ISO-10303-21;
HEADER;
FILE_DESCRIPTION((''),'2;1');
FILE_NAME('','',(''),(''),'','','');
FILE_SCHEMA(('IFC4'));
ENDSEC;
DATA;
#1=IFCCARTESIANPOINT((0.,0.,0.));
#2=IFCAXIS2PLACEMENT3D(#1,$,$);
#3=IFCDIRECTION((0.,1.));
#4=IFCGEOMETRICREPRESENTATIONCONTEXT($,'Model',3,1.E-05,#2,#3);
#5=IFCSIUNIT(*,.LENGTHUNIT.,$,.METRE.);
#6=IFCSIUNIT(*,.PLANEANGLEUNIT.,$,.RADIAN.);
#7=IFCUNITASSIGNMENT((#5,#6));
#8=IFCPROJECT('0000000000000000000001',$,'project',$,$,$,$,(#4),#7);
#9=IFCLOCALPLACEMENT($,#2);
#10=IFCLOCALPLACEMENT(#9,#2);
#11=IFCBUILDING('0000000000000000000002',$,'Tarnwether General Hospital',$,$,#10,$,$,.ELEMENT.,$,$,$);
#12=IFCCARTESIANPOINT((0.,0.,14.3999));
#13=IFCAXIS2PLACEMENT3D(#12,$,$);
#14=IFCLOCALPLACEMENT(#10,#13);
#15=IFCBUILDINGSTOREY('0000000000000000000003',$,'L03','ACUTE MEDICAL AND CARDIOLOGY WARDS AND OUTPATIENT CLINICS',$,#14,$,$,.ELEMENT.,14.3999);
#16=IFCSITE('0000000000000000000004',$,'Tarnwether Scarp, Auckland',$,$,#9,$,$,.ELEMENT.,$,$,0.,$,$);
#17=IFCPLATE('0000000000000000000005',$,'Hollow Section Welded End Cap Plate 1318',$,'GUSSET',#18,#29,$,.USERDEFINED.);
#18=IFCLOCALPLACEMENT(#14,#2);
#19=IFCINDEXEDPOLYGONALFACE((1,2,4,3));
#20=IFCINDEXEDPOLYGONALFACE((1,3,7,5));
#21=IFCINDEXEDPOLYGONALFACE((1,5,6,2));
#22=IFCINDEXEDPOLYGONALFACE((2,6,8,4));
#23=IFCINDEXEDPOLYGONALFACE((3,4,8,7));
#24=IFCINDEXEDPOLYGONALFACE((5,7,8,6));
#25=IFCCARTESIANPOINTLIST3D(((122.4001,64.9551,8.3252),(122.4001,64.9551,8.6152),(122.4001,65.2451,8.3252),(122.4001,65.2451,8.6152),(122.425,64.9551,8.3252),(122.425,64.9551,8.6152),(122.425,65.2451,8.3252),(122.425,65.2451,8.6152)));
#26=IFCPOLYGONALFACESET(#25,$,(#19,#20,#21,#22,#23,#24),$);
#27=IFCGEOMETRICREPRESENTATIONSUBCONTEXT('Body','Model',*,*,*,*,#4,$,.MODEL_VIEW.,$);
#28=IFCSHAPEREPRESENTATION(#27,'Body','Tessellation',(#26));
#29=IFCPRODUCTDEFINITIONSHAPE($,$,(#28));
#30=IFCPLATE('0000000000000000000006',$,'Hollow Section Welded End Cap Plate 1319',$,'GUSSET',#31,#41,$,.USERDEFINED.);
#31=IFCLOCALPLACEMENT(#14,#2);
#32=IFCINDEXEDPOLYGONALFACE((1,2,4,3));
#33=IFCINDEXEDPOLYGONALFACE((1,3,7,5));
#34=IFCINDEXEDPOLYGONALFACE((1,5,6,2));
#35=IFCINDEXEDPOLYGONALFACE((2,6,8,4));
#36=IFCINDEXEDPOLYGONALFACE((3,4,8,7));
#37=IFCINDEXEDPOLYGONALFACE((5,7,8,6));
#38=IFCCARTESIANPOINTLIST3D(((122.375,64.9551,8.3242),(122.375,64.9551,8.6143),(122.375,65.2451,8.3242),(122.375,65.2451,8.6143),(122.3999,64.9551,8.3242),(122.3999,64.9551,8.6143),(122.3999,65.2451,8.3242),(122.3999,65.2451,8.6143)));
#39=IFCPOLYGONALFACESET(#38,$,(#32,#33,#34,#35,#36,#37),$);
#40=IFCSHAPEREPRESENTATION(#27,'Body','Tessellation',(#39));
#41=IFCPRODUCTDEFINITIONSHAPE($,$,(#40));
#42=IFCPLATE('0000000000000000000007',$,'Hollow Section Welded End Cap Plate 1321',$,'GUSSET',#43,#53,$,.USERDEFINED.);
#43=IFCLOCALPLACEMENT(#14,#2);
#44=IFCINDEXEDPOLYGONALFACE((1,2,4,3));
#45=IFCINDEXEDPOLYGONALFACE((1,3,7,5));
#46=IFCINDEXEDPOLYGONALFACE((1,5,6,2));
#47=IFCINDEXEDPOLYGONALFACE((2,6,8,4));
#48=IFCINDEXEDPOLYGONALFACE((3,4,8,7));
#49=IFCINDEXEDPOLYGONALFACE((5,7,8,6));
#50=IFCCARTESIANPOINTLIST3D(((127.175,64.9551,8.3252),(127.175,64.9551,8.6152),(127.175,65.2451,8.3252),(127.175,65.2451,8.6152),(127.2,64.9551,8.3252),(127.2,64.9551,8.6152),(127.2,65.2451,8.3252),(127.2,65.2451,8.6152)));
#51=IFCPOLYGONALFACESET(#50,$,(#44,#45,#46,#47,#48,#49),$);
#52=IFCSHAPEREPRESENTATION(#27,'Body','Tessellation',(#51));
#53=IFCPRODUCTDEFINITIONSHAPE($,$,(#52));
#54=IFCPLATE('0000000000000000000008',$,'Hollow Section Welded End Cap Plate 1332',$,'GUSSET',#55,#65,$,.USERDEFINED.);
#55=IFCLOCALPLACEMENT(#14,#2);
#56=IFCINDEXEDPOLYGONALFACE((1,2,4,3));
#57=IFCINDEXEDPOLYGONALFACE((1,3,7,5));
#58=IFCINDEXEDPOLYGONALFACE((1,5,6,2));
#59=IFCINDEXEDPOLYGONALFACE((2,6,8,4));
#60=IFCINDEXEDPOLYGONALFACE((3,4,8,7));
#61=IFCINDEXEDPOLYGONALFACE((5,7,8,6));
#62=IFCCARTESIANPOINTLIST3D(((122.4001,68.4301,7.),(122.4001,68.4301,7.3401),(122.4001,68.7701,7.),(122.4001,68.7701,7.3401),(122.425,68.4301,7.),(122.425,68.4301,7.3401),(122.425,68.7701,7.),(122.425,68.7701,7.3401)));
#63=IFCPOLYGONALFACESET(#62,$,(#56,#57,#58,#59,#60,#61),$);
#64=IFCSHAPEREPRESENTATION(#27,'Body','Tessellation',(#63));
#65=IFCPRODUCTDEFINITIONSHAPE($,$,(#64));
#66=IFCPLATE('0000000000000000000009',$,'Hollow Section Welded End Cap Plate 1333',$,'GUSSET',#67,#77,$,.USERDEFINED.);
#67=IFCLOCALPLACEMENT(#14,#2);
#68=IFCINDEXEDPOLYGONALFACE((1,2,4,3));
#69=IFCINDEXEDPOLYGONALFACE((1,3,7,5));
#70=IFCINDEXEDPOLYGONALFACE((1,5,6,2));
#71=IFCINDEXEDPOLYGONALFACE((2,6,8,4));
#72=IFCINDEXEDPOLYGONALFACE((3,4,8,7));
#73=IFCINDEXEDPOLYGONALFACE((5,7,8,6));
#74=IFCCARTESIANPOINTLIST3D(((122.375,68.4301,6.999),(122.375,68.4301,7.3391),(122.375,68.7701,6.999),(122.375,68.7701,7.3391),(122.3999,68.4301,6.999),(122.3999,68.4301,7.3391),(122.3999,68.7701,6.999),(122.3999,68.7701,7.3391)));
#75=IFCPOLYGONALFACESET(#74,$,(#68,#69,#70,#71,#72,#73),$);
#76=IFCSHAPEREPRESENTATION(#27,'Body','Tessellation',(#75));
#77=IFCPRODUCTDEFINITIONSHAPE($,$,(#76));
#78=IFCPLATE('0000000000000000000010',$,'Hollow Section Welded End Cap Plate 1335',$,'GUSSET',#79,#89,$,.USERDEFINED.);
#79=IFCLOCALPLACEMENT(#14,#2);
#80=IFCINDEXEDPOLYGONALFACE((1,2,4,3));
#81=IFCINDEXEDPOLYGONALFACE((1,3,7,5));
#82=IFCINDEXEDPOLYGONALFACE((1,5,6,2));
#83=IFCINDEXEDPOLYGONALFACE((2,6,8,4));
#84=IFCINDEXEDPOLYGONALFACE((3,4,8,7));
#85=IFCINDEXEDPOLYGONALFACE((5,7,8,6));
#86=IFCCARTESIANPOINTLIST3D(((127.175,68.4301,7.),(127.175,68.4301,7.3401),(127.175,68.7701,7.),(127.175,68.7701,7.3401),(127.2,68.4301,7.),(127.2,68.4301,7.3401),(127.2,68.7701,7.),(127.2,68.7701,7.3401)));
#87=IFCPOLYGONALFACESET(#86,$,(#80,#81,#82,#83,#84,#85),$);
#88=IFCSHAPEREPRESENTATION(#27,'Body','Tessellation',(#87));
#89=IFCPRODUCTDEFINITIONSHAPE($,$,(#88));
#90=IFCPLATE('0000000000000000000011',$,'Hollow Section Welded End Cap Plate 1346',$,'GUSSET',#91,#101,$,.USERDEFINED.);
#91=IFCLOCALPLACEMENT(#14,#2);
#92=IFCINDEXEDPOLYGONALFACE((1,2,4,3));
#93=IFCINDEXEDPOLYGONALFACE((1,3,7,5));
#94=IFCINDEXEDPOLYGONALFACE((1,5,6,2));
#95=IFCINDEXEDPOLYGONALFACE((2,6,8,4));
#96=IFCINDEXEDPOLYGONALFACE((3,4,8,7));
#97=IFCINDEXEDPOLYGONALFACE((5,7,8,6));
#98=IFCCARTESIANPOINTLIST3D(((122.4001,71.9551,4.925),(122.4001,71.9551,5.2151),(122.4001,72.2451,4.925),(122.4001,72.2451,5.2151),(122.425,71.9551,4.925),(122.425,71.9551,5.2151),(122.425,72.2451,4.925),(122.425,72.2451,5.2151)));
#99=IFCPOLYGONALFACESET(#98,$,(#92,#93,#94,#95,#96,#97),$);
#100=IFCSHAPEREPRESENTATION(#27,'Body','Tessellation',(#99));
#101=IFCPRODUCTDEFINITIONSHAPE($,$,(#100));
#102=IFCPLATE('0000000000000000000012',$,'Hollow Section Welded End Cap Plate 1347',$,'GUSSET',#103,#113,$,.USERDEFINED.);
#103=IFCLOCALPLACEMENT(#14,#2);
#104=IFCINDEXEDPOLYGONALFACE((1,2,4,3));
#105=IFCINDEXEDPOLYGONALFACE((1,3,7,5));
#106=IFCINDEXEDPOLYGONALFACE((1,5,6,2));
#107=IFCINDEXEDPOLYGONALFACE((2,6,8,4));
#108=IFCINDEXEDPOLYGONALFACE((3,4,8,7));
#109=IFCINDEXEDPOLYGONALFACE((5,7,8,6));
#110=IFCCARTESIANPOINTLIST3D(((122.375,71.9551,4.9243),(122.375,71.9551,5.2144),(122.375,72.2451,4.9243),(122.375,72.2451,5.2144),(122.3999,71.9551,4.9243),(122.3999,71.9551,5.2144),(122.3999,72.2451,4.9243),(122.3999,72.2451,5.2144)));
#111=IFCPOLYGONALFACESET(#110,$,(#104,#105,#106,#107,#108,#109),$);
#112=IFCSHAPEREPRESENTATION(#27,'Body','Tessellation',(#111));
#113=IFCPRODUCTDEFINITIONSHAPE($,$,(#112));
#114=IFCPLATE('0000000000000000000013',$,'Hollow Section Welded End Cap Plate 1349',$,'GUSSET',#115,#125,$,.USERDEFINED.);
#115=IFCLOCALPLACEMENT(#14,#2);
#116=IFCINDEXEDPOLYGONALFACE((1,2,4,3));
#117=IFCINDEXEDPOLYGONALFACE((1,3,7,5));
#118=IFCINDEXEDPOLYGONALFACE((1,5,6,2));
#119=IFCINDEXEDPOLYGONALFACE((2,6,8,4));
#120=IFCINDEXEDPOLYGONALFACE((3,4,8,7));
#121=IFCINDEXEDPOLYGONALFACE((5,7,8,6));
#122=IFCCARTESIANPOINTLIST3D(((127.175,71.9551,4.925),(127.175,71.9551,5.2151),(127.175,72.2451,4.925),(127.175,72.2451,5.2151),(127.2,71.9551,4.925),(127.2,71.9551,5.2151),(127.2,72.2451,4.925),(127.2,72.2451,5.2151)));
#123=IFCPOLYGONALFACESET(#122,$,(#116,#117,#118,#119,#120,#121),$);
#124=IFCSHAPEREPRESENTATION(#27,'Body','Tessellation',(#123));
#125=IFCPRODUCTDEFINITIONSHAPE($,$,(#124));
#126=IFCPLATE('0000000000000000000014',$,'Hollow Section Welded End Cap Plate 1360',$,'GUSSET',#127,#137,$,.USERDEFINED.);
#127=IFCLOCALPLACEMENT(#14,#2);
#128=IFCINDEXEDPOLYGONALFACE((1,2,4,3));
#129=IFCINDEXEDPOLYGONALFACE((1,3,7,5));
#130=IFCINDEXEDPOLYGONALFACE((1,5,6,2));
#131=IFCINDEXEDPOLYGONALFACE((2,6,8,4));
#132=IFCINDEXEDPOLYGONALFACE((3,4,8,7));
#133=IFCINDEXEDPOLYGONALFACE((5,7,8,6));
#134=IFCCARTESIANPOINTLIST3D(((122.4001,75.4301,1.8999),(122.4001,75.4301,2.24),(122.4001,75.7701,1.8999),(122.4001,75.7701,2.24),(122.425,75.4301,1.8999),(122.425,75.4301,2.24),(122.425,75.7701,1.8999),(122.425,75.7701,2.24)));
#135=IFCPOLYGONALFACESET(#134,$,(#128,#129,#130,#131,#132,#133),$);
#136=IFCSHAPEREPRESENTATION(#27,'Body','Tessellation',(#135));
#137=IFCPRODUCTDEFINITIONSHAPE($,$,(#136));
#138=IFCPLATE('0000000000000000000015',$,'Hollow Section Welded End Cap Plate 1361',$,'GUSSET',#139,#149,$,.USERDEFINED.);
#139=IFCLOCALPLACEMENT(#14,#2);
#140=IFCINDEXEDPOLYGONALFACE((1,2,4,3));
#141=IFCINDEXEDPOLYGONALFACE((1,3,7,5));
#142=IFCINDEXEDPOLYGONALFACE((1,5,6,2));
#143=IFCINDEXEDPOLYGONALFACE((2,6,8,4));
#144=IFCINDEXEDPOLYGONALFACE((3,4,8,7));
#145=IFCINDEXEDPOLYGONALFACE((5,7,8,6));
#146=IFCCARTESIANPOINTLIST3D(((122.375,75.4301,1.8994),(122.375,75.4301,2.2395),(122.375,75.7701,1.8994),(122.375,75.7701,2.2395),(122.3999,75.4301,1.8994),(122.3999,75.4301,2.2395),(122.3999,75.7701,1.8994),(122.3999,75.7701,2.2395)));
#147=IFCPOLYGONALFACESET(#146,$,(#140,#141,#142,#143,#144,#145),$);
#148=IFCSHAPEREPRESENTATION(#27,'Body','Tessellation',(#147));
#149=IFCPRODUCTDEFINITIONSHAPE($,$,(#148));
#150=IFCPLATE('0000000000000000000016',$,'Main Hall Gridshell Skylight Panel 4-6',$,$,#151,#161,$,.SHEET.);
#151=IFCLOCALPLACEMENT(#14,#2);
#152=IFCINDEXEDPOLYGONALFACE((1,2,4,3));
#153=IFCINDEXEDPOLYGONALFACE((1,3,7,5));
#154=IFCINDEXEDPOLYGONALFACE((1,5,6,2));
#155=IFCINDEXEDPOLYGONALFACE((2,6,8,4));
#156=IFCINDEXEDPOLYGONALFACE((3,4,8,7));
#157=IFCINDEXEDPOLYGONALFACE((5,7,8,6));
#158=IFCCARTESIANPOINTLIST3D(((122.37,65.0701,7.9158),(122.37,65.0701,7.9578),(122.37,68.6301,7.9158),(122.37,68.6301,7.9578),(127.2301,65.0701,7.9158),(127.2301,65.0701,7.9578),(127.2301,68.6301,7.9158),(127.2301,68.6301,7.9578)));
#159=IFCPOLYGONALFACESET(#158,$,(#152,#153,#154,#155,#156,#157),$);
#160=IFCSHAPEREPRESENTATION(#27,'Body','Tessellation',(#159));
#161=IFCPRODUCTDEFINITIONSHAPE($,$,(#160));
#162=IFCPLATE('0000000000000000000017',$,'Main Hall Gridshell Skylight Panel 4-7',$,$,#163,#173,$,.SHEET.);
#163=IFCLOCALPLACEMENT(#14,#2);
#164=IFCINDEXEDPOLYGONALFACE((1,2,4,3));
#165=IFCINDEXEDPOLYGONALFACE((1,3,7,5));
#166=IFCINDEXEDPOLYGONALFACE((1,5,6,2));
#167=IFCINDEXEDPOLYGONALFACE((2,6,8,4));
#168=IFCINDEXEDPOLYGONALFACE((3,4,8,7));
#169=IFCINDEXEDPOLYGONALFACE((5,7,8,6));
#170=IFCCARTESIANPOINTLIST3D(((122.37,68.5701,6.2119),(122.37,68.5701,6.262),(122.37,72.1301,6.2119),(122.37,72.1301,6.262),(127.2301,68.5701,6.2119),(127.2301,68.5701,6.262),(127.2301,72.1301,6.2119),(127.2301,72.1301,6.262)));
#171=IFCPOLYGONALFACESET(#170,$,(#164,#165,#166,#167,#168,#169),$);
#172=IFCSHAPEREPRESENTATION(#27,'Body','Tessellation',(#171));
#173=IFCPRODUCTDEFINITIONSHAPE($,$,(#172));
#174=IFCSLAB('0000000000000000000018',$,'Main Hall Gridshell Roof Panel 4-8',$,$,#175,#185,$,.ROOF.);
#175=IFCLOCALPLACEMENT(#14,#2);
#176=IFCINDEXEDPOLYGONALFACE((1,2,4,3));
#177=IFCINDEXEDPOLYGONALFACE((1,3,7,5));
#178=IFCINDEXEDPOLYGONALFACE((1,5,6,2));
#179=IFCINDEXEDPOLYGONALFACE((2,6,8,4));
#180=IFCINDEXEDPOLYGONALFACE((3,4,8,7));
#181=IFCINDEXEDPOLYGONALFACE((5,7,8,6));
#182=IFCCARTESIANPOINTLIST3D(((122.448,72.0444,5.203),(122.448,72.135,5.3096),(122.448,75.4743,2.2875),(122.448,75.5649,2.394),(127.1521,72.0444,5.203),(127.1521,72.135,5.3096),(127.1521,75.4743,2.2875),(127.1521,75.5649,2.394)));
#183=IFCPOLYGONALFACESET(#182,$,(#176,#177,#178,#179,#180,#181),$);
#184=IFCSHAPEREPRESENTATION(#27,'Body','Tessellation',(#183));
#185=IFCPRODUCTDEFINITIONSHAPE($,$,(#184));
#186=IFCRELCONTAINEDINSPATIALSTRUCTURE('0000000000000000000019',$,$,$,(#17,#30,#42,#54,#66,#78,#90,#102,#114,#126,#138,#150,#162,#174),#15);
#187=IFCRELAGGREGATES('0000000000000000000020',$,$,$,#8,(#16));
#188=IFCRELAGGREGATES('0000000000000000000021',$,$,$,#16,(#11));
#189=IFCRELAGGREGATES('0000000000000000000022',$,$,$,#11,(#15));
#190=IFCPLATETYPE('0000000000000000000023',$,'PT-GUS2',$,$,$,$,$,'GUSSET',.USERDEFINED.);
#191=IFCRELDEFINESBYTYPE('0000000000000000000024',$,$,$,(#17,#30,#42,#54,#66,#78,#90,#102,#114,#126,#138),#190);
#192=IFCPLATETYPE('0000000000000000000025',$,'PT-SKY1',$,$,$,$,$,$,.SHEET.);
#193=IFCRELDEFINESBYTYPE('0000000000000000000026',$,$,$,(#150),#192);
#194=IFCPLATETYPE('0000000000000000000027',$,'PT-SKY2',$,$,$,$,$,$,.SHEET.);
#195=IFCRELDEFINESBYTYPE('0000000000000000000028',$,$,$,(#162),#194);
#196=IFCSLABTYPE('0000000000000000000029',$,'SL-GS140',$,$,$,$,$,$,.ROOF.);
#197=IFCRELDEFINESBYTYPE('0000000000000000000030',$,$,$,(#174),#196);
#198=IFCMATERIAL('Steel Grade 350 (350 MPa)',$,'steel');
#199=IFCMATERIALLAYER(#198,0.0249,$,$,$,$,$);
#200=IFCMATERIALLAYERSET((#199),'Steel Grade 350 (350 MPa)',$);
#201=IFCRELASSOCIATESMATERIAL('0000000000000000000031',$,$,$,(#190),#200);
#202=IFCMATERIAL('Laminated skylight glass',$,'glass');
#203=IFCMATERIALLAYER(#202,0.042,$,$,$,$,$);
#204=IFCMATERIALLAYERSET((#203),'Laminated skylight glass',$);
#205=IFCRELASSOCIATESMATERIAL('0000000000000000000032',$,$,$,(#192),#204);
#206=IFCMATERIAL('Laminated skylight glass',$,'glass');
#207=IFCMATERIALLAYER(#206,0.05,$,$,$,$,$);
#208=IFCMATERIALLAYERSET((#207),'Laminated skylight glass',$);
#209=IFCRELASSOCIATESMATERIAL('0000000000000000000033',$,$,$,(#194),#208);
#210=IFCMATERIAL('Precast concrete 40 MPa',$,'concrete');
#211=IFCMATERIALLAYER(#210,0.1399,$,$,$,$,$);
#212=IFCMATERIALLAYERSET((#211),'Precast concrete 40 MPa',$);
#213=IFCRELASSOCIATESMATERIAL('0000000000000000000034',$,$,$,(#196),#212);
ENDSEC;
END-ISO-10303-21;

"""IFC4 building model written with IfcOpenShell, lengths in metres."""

from ifc_helpers import new_model, si_unit, direction, frame, origin, origin_2d, place, context, subcontext, project, spatial, polyline, rectangle, outline, extrude, material, layer, layer_set, type_object, element, save


model = new_model("IFC4")

# Units and contexts
model_context = context("Model", 3, precision=1e-05, world=origin(), true_north=direction((0.0, 1.0)))
body_context = subcontext(model_context, "Body", "Model", "MODEL_VIEW")
ifc_project = project(units=[si_unit("LENGTHUNIT", "METRE"), si_unit("PLANEANGLEUNIT", "RADIAN")], contexts=[model_context])

# Site, building, storey
site_placement = place(None, origin())
site = spatial("IfcSite", under=ifc_project, at=site_placement, Name="Tarnwether Scarp, Auckland", CompositionType="ELEMENT", RefElevation=0.0)
building_placement = place(site_placement, origin())
building = spatial("IfcBuilding", under=site, at=building_placement, Name="Tarnwether General Hospital", CompositionType="ELEMENT")
storey_placement = place(building_placement, frame((0.0, 0.0, 14.3999)))
storey = spatial("IfcBuildingStorey", under=building, at=storey_placement, Name="L03", Description="ACUTE MEDICAL AND CARDIOLOGY WARDS AND OUTPATIENT CLINICS", CompositionType="ELEMENT", Elevation=14.3999)

# Plates
ifc_material_1 = material(Name="Steel Grade 350 (350 MPa)", Category="steel")
ifc_layer_1 = layer(ifc_material_1, 0.0249)
ifc_layer_set_1 = layer_set([ifc_layer_1], Name="Steel Grade 350 (350 MPa)")
plate_type_1 = type_object("IfcPlateType", Name="PT-GUS2", ElementType="GUSSET", PredefinedType="USERDEFINED", material=ifc_layer_set_1)
for number, where, z_axis, x_axis, name in (
    (1, (122.4126, 65.1001, 8.3252), (0.0, 0.0, 1.0), (1.0, 0.0, 0.0), "Hollow Section Welded End Cap Plate 1318"),
    (2, (122.3875, 65.1001, 8.3242), (0.0, 0.0, 1.0), (1.0, 0.0, 0.0), "Hollow Section Welded End Cap Plate 1319"),
    (3, (127.1875, 65.1001, 8.3252), (0.0, 0.0, 1.0), (1.0, 0.0, 0.0), "Hollow Section Welded End Cap Plate 1321"),
):
    element("IfcPlate", number, at=place(storey_placement, frame(where, z_axis=z_axis, x_axis=x_axis)), inside=storey, type_object=plate_type_1, Name=name, ObjectType="GUSSET", PredefinedType="USERDEFINED", context=body_context, shape_type="SweptSolid", body=[
        extrude(rectangle(XDim=0.0249, YDim=0.29, at=origin_2d()), origin(), (0.0, 0.0, 1.0), 0.29),
    ])
for number, where, z_axis, x_axis, name in (
    (4, (122.4126, 68.6001, 7.0), (0.0, 0.0, 1.0), (1.0, 0.0, 0.0), "Hollow Section Welded End Cap Plate 1332"),
    (5, (122.3875, 68.6001, 6.999), (0.0, 0.0, 1.0), (1.0, 0.0, 0.0), "Hollow Section Welded End Cap Plate 1333"),
    (6, (127.1875, 68.6001, 7.0), (0.0, 0.0, 1.0), (1.0, 0.0, 0.0), "Hollow Section Welded End Cap Plate 1335"),
):
    element("IfcPlate", number, at=place(storey_placement, frame(where, z_axis=z_axis, x_axis=x_axis)), inside=storey, type_object=plate_type_1, Name=name, ObjectType="GUSSET", PredefinedType="USERDEFINED", context=body_context, shape_type="SweptSolid", body=[
        extrude(rectangle(XDim=0.0249, YDim=0.3401, at=origin_2d()), origin(), (0.0, 0.0, 1.0), 0.3401),
    ])
for number, where, z_axis, x_axis, name in (
    (7, (122.4126, 72.1001, 4.925), (0.0, 0.0, 1.0), (1.0, 0.0, 0.0), "Hollow Section Welded End Cap Plate 1346"),
    (8, (122.3875, 72.1001, 4.9243), (0.0, 0.0, 1.0), (1.0, 0.0, 0.0), "Hollow Section Welded End Cap Plate 1347"),
    (9, (127.1875, 72.1001, 4.925), (0.0, 0.0, 1.0), (1.0, 0.0, 0.0), "Hollow Section Welded End Cap Plate 1349"),
):
    element("IfcPlate", number, at=place(storey_placement, frame(where, z_axis=z_axis, x_axis=x_axis)), inside=storey, type_object=plate_type_1, Name=name, ObjectType="GUSSET", PredefinedType="USERDEFINED", context=body_context, shape_type="SweptSolid", body=[
        extrude(rectangle(XDim=0.0249, YDim=0.29, at=origin_2d()), origin(), (0.0, 0.0, 1.0), 0.29),
    ])
for number, where, z_axis, x_axis, name in (
    (10, (122.4126, 75.6001, 1.8999), (0.0, 0.0, 1.0), (1.0, 0.0, 0.0), "Hollow Section Welded End Cap Plate 1360"),
    (11, (122.3875, 75.6001, 1.8994), (0.0, 0.0, 1.0), (1.0, 0.0, 0.0), "Hollow Section Welded End Cap Plate 1361"),
):
    element("IfcPlate", number, at=place(storey_placement, frame(where, z_axis=z_axis, x_axis=x_axis)), inside=storey, type_object=plate_type_1, Name=name, ObjectType="GUSSET", PredefinedType="USERDEFINED", context=body_context, shape_type="SweptSolid", body=[
        extrude(rectangle(XDim=0.0249, YDim=0.3401, at=origin_2d()), origin(), (0.0, 0.0, 1.0), 0.3401),
    ])
ifc_material_2 = material(Name="Laminated skylight glass", Category="glass")
ifc_layer_2 = layer(ifc_material_2, 0.042)
ifc_layer_set_2 = layer_set([ifc_layer_2], Name="Laminated skylight glass")
plate_type_2 = type_object("IfcPlateType", Name="PT-SKY1", PredefinedType="SHEET", material=ifc_layer_set_2)
plate_1_placement = place(storey_placement, frame((124.8, 66.8501, 7.9158), z_axis=(0.0, 0.0, 1.0), x_axis=(1.0, 0.0, 0.0)))
element("IfcPlate", 12, at=plate_1_placement, inside=storey, type_object=plate_type_2, Name="Main Hall Gridshell Skylight Panel 4-6", PredefinedType="SHEET", context=body_context, shape_type="SweptSolid", body=[
    extrude(rectangle(XDim=4.8601, YDim=3.5601, at=origin_2d()), origin(), (0.0, 0.0, 1.0), 0.042),
])
ifc_material_3 = material(Name="Laminated skylight glass", Category="glass")
ifc_layer_3 = layer(ifc_material_3, 0.05)
ifc_layer_set_3 = layer_set([ifc_layer_3], Name="Laminated skylight glass")
plate_type_3 = type_object("IfcPlateType", Name="PT-SKY2", PredefinedType="SHEET", material=ifc_layer_set_3)
plate_2_placement = place(storey_placement, frame((124.8, 70.3501, 6.2119), z_axis=(0.0, 0.0, 1.0), x_axis=(1.0, 0.0, 0.0)))
element("IfcPlate", 13, at=plate_2_placement, inside=storey, type_object=plate_type_3, Name="Main Hall Gridshell Skylight Panel 4-7", PredefinedType="SHEET", context=body_context, shape_type="SweptSolid", body=[
    extrude(rectangle(XDim=4.8601, YDim=3.5601, at=origin_2d()), origin(), (0.0, 0.0, 1.0), 0.05),
])

# Slab
ifc_material_4 = material(Name="Precast concrete 40 MPa", Category="concrete")
ifc_layer_4 = layer(ifc_material_4, 0.1399)
ifc_layer_set_4 = layer_set([ifc_layer_4], Name="Precast concrete 40 MPa")
slab_type = type_object("IfcSlabType", Name="SL-GS140", PredefinedType="ROOF", material=ifc_layer_set_4)
slab_placement = place(storey_placement, frame((122.448, 72.135, 5.3096), z_axis=(0.0, 0.647659, 0.76193), x_axis=(1.0, 0.0, 0.0)))
element("IfcSlab", 14, at=slab_placement, inside=storey, type_object=slab_type, Name="Main Hall Gridshell Roof Panel 4-8", PredefinedType="ROOF", context=body_context, shape_type="SweptSolid", body=[
    extrude(outline(polyline([(0.0, 0.0), (4.7041, 0.0), (4.7041, 4.5016), (0.0, 4.5016), (0.0, 0.0)])), origin(), (0.0, 0.0, -1.0), 0.1399),
])

save(model, "model.ifc")
